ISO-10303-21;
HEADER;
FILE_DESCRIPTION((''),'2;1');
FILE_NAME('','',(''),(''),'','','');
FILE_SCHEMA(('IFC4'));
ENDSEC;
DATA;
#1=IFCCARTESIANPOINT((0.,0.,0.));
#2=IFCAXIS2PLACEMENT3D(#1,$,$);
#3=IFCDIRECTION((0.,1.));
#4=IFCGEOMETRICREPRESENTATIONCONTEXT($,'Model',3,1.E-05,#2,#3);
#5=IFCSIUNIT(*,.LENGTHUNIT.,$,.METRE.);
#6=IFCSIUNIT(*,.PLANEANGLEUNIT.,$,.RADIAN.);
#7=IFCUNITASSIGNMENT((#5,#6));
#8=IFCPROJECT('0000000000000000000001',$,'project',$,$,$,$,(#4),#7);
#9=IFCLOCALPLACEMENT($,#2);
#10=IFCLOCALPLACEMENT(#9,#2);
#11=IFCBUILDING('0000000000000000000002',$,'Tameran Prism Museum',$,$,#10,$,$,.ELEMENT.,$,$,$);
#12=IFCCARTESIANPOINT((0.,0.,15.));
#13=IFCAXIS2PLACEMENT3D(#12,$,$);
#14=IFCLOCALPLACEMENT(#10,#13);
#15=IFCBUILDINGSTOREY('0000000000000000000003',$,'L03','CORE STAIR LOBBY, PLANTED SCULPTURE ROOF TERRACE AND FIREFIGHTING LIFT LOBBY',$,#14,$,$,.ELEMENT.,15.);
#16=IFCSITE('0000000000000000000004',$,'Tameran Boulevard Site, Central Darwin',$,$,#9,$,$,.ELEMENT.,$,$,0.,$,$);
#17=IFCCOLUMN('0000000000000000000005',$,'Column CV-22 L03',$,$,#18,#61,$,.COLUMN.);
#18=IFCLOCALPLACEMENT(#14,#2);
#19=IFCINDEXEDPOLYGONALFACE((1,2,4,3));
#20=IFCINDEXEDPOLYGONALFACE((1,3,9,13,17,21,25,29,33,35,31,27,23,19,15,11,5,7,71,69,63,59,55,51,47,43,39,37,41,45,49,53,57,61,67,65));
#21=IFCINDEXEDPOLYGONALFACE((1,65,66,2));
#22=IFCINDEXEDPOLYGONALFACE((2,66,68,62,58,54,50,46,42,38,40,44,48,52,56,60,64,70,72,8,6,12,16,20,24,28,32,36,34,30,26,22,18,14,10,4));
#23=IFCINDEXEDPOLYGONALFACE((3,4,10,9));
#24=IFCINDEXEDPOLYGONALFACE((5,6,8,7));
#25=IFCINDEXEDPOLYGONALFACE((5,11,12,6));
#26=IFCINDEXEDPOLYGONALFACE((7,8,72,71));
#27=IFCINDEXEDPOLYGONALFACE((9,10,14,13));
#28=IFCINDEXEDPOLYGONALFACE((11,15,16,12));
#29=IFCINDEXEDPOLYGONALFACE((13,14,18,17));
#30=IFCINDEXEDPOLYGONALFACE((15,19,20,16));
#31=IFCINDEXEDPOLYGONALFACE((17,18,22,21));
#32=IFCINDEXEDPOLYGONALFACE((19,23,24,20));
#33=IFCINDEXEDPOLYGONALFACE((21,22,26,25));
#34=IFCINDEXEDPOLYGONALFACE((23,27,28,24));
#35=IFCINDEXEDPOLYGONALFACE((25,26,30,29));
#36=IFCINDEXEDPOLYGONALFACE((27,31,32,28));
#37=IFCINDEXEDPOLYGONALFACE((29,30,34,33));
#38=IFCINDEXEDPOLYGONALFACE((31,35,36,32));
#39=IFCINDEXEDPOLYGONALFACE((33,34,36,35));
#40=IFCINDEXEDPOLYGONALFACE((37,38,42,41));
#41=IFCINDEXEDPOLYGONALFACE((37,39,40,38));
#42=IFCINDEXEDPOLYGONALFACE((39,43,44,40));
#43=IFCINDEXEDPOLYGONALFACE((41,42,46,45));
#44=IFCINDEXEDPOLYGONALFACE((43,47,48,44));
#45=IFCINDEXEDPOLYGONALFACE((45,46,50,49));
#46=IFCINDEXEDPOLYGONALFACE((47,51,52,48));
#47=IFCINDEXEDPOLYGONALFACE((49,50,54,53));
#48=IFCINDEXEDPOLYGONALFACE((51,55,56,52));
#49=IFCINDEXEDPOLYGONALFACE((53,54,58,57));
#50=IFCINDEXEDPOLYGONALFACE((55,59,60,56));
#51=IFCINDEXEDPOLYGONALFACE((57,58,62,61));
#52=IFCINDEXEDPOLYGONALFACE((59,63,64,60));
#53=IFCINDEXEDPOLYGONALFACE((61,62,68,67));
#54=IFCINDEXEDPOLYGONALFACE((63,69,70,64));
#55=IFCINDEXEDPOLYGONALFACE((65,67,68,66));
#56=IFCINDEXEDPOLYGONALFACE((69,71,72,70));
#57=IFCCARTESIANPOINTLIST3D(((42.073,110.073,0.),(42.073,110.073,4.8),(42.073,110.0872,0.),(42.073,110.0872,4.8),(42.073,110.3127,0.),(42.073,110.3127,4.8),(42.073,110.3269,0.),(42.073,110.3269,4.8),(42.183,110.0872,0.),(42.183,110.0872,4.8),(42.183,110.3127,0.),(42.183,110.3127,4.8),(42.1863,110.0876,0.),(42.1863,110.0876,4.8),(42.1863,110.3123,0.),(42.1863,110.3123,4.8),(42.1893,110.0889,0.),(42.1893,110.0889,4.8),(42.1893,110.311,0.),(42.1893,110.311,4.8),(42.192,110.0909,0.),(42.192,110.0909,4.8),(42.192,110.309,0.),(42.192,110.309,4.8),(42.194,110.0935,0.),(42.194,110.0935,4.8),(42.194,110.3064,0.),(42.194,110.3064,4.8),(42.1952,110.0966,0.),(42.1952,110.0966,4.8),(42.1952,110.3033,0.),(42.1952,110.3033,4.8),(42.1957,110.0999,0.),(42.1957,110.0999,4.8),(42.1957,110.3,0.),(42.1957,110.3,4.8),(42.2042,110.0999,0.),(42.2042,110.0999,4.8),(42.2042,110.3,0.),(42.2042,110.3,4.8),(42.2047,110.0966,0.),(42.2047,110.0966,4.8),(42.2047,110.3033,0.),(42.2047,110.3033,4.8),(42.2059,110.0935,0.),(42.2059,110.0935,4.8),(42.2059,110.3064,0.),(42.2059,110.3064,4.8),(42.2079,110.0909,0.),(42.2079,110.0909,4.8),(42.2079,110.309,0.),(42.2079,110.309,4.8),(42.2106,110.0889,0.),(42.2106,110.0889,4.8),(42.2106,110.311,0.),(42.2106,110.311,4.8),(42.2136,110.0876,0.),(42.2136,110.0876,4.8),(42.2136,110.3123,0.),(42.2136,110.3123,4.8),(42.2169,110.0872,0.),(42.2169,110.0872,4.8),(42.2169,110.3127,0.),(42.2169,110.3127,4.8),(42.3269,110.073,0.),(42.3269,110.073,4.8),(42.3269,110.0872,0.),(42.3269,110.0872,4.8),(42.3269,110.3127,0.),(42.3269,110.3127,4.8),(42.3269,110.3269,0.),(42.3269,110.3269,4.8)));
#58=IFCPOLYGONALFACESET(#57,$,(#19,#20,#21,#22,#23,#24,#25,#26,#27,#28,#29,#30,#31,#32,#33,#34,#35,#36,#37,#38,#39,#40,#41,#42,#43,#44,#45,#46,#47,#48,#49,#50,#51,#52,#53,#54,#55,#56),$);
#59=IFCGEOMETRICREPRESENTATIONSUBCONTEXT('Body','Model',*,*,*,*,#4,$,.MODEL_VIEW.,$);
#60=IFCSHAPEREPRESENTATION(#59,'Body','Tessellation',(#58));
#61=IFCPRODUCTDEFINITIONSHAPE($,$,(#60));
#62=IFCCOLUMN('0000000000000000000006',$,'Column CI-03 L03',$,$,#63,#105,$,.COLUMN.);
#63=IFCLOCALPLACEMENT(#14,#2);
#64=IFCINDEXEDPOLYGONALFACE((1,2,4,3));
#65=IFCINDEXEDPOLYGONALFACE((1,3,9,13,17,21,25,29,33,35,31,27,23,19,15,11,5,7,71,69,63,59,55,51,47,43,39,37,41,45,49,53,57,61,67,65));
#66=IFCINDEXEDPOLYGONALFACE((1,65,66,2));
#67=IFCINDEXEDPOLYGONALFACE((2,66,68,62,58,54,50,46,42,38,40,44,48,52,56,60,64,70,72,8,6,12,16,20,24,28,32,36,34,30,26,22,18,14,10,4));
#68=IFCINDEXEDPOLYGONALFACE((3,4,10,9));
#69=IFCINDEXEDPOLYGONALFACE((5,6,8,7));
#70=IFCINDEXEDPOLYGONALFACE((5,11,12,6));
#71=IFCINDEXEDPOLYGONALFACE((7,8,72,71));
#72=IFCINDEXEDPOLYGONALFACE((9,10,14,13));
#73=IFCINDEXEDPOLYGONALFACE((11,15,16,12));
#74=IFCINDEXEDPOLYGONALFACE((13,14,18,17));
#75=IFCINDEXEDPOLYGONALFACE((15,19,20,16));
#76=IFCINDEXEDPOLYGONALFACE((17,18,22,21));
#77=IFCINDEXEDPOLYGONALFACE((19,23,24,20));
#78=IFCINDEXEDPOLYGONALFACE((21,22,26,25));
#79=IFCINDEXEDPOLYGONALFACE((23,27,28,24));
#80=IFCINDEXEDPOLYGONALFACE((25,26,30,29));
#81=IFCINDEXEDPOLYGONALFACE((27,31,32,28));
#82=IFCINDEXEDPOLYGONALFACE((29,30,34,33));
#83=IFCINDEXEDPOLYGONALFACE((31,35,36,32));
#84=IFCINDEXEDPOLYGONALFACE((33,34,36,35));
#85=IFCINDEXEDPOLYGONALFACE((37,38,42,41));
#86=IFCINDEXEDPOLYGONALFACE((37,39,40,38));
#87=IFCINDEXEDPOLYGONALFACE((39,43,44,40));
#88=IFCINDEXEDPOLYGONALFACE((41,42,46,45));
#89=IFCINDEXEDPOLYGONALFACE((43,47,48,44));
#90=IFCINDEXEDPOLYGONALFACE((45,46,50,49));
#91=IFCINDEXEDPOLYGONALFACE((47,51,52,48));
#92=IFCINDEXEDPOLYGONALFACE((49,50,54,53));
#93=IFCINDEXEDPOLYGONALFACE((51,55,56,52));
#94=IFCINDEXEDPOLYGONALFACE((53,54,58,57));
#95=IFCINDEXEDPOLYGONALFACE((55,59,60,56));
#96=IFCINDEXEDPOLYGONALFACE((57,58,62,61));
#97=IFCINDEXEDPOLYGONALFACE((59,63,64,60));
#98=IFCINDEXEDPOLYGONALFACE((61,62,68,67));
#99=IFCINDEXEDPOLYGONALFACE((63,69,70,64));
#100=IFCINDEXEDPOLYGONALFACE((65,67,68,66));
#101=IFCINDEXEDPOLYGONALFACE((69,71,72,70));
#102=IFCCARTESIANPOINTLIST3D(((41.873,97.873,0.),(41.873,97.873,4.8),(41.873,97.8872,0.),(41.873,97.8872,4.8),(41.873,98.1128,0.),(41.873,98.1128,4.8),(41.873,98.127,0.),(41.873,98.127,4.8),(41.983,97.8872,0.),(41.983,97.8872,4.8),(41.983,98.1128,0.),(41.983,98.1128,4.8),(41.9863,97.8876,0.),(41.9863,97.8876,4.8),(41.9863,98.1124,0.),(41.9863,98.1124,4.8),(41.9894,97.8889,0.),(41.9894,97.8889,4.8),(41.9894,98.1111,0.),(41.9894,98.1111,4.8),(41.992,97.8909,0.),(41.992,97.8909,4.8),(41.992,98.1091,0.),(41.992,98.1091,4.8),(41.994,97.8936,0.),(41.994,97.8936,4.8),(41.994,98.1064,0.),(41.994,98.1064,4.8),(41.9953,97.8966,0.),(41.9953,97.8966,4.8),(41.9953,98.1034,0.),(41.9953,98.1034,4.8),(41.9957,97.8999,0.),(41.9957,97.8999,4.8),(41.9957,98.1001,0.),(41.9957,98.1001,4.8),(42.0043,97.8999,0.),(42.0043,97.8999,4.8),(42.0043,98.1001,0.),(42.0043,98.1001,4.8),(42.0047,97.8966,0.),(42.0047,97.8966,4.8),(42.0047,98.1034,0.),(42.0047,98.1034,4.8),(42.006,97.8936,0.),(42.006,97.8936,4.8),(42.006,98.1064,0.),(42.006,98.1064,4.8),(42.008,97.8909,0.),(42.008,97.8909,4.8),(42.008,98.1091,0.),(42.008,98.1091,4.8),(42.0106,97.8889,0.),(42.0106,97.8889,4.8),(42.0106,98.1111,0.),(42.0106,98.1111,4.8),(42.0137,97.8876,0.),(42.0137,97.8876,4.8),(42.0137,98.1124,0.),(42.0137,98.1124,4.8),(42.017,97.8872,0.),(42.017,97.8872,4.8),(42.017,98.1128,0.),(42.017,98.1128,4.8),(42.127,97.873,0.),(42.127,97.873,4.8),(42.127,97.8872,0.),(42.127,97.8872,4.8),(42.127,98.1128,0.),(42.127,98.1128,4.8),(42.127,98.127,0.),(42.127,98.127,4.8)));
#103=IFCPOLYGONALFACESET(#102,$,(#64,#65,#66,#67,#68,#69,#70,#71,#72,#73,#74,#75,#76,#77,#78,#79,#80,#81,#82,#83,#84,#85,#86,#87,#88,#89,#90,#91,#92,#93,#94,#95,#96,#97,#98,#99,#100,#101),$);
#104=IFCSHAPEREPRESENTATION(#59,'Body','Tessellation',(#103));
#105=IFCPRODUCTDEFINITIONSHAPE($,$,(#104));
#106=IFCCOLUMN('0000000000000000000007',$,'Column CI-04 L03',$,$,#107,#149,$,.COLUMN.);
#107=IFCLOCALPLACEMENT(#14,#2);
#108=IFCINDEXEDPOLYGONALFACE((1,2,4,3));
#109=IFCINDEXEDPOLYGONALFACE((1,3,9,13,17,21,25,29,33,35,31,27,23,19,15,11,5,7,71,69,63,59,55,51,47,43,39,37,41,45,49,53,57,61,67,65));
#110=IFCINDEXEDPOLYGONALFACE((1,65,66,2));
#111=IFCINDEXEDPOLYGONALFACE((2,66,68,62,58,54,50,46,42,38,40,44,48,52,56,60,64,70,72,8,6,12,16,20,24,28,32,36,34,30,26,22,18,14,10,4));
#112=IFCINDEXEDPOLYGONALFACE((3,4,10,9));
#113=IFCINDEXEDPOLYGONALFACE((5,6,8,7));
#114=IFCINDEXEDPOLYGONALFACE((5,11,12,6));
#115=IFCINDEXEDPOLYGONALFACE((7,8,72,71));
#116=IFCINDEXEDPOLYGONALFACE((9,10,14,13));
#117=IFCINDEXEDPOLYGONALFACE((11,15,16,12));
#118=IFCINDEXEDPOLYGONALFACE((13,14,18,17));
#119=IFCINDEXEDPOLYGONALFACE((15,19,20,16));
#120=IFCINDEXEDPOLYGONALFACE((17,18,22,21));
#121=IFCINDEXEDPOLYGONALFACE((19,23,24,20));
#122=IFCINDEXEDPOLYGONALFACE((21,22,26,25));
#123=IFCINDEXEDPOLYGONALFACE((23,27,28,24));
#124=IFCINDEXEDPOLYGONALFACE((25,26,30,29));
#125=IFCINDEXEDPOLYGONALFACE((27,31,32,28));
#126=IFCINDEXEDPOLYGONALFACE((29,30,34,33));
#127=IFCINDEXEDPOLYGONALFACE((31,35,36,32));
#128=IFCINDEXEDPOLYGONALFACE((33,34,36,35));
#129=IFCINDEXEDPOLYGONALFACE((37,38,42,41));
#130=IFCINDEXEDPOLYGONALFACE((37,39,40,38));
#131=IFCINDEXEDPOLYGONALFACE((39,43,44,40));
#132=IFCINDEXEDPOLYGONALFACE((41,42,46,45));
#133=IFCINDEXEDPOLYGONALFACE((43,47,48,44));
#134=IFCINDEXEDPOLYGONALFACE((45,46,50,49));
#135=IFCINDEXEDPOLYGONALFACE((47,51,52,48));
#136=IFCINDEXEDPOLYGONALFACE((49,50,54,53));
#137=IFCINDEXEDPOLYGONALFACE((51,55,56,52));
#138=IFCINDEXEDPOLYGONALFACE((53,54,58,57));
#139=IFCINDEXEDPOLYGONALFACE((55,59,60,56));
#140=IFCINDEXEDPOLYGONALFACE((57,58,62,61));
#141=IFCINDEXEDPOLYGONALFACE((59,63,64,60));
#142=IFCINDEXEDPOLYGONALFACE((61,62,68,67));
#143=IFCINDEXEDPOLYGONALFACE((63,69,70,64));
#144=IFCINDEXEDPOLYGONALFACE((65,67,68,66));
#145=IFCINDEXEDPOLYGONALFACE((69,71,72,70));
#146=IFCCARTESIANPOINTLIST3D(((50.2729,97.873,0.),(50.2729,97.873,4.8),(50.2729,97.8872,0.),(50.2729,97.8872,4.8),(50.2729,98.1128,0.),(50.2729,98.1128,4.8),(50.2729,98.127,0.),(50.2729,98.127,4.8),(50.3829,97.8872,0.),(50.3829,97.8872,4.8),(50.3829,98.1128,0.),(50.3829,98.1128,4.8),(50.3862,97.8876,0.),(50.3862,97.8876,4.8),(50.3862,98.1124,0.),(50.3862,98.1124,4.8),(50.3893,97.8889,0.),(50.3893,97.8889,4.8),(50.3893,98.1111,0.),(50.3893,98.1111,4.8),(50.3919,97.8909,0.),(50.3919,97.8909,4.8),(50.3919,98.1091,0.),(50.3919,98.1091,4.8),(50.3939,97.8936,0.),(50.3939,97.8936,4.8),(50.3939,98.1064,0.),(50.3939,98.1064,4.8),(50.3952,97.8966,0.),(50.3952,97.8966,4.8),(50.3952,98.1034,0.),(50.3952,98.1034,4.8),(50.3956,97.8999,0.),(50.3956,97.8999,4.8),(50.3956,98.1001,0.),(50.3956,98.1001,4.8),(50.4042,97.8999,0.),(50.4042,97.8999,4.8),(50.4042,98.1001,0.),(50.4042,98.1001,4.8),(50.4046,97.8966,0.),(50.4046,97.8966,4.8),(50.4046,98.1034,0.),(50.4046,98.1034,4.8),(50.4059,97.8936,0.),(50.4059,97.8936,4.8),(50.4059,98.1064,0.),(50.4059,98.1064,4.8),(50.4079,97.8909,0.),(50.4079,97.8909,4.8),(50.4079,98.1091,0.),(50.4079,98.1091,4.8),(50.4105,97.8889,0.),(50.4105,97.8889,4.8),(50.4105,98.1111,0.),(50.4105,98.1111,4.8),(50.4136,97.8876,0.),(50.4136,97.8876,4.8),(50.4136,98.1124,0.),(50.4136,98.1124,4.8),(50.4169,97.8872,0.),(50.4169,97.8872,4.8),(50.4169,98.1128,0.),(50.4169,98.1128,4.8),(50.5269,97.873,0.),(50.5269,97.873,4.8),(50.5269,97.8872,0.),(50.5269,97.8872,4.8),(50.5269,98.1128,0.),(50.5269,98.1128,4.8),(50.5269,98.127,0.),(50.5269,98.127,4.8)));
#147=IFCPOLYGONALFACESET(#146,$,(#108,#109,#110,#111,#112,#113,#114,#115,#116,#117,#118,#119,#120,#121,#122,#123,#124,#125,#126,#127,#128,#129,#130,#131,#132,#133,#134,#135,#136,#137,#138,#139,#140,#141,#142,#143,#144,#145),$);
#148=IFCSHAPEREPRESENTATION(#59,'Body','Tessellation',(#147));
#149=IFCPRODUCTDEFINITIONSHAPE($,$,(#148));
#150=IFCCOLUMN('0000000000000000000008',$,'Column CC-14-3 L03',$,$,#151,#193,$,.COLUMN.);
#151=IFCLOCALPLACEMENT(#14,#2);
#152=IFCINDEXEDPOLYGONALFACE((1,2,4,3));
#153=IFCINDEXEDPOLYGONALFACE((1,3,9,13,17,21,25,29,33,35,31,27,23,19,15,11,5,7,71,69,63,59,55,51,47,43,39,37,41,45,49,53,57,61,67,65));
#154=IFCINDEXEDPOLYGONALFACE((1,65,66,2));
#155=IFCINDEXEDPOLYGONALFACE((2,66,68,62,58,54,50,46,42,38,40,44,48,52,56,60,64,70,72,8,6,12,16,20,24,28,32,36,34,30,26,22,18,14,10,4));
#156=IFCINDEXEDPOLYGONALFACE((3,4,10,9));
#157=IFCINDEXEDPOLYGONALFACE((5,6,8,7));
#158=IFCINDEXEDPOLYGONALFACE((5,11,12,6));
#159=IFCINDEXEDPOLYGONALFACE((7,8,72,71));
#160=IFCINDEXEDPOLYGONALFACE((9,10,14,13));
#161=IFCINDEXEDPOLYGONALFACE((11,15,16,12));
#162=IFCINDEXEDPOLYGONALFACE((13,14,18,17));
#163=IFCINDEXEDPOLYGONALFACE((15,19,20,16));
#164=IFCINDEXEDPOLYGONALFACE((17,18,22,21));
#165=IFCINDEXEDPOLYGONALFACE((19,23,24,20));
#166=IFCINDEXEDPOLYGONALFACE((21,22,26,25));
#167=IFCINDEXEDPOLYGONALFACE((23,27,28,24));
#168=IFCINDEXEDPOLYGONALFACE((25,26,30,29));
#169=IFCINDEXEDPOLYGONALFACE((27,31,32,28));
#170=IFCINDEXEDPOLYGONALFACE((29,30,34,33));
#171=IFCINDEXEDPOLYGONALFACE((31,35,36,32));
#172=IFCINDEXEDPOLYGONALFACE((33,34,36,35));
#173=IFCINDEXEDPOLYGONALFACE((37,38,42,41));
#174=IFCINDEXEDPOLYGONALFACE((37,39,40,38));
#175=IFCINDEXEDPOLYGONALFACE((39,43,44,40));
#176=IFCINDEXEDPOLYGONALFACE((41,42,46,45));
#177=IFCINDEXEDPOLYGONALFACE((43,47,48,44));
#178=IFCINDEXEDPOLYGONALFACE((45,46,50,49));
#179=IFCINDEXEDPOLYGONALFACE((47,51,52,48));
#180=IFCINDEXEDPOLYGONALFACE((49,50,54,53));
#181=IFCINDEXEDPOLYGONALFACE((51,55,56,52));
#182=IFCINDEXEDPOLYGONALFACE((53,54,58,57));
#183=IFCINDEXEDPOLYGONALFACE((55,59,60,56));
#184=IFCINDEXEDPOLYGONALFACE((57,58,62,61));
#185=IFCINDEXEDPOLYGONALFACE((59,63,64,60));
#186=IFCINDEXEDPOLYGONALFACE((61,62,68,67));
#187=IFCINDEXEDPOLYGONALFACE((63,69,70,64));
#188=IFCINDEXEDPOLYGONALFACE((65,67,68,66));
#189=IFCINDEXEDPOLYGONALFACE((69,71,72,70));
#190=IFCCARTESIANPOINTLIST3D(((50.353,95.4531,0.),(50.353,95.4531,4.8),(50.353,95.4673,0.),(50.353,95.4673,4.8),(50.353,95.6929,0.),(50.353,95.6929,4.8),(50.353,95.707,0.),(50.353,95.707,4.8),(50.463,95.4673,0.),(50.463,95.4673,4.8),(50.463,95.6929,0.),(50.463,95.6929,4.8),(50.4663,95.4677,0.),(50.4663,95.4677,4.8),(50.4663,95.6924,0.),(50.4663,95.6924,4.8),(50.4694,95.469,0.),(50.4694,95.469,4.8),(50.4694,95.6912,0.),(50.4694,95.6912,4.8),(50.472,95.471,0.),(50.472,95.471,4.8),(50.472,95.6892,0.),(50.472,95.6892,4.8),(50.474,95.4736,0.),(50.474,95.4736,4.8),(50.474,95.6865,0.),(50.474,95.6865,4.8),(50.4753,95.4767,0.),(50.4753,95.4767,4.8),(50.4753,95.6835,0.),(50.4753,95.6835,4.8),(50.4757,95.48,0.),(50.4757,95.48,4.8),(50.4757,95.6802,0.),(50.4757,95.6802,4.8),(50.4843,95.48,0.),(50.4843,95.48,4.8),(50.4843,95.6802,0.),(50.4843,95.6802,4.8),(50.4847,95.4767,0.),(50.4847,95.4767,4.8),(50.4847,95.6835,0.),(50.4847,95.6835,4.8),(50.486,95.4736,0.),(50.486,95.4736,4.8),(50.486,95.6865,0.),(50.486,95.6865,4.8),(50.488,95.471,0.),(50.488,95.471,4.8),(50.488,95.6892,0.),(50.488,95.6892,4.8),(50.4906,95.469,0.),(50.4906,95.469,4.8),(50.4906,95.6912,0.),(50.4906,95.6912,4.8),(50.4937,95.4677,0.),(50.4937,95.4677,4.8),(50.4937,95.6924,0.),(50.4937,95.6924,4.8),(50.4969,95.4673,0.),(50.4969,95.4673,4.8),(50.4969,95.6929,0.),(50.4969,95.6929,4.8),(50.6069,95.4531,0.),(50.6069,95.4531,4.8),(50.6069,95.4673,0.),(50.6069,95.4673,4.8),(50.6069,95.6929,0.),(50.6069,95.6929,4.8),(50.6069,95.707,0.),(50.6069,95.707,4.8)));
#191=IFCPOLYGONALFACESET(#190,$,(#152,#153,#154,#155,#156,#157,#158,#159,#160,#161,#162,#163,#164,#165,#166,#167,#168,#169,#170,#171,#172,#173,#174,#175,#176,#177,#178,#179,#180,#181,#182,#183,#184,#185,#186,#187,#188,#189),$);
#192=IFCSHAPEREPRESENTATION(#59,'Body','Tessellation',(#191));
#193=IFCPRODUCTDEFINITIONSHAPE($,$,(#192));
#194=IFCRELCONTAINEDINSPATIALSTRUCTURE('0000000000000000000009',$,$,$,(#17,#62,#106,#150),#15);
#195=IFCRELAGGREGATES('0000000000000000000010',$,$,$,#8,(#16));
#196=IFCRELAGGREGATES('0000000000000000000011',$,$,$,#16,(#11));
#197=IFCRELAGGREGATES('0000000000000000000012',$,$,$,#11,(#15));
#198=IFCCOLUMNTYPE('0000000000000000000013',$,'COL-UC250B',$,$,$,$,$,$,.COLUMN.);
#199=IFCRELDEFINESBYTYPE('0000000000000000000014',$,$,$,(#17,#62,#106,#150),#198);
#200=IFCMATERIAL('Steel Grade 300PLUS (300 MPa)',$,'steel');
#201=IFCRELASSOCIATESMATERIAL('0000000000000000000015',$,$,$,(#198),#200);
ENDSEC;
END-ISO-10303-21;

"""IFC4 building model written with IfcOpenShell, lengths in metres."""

from ifc_helpers import new_model, si_unit, direction, frame, origin, origin_2d, place, context, subcontext, project, spatial, i_section, extrude, material, material_profile, profile_set, type_object, element, save


model = new_model("IFC4")

# Units and contexts
model_context = context("Model", 3, precision=1e-05, world=origin(), true_north=direction((0.0, 1.0)))
body_context = subcontext(model_context, "Body", "Model", "MODEL_VIEW")
ifc_project = project(units=[si_unit("LENGTHUNIT", "METRE"), si_unit("PLANEANGLEUNIT", "RADIAN")], contexts=[model_context])

# Site, building, storey
site_placement = place(None, origin())
site = spatial("IfcSite", under=ifc_project, at=site_placement, Name="Tameran Boulevard Site, Central Darwin", CompositionType="ELEMENT", RefElevation=0.0)
building_placement = place(site_placement, origin())
building = spatial("IfcBuilding", under=site, at=building_placement, Name="Tameran Prism Museum", CompositionType="ELEMENT")
storey_placement = place(building_placement, frame((0.0, 0.0, 15.0)))
storey = spatial("IfcBuildingStorey", under=building, at=storey_placement, Name="L03", Description="CORE STAIR LOBBY, PLANTED SCULPTURE ROOF TERRACE AND FIREFIGHTING LIFT LOBBY", CompositionType="ELEMENT", Elevation=15.0)

# Columns
ifc_material_1 = material(Name="Steel Grade 300PLUS (300 MPa)", Category="steel")
ifc_material_profile_1 = material_profile(ifc_material_1, i_section(OverallWidth=0.2539, OverallDepth=0.2539, WebThickness=0.0085, FlangeThickness=0.0142, FilletRadius=0.0127, at=origin_2d()))
ifc_profile_set_1 = profile_set([ifc_material_profile_1])
column_type = type_object("IfcColumnType", Name="COL-UC250B", PredefinedType="COLUMN", material=ifc_profile_set_1)
for number, where, z_axis, x_axis, name in (
    (1, (42.2, 110.2, 0.0), (0.0, 0.0, 1.0), (1.0, 0.0, 0.0), "Column CV-22 L03"),
    (2, (42.0, 98.0, 0.0), (0.0, 0.0, 1.0), (1.0, 0.0, 0.0), "Column CI-03 L03"),
    (3, (50.3999, 98.0, 0.0), (0.0, 0.0, 1.0), (1.0, 0.0, 0.0), "Column CI-04 L03"),
    (4, (50.48, 95.5801, 0.0), (0.0, 0.0, 1.0), (1.0, 0.0, 0.0), "Column CC-14-3 L03"),
):
    element("IfcColumn", number, at=place(storey_placement, frame(where, z_axis=z_axis, x_axis=x_axis)), inside=storey, type_object=column_type, Name=name, PredefinedType="COLUMN", context=body_context, shape_type="SweptSolid", body=[
        extrude(i_section(OverallWidth=0.2539, OverallDepth=0.2539, WebThickness=0.0085, FlangeThickness=0.0142, FilletRadius=0.0127, at=origin_2d()), origin(), (0.0, 0.0, 1.0), 4.8),
    ])

save(model, "model.ifc")
